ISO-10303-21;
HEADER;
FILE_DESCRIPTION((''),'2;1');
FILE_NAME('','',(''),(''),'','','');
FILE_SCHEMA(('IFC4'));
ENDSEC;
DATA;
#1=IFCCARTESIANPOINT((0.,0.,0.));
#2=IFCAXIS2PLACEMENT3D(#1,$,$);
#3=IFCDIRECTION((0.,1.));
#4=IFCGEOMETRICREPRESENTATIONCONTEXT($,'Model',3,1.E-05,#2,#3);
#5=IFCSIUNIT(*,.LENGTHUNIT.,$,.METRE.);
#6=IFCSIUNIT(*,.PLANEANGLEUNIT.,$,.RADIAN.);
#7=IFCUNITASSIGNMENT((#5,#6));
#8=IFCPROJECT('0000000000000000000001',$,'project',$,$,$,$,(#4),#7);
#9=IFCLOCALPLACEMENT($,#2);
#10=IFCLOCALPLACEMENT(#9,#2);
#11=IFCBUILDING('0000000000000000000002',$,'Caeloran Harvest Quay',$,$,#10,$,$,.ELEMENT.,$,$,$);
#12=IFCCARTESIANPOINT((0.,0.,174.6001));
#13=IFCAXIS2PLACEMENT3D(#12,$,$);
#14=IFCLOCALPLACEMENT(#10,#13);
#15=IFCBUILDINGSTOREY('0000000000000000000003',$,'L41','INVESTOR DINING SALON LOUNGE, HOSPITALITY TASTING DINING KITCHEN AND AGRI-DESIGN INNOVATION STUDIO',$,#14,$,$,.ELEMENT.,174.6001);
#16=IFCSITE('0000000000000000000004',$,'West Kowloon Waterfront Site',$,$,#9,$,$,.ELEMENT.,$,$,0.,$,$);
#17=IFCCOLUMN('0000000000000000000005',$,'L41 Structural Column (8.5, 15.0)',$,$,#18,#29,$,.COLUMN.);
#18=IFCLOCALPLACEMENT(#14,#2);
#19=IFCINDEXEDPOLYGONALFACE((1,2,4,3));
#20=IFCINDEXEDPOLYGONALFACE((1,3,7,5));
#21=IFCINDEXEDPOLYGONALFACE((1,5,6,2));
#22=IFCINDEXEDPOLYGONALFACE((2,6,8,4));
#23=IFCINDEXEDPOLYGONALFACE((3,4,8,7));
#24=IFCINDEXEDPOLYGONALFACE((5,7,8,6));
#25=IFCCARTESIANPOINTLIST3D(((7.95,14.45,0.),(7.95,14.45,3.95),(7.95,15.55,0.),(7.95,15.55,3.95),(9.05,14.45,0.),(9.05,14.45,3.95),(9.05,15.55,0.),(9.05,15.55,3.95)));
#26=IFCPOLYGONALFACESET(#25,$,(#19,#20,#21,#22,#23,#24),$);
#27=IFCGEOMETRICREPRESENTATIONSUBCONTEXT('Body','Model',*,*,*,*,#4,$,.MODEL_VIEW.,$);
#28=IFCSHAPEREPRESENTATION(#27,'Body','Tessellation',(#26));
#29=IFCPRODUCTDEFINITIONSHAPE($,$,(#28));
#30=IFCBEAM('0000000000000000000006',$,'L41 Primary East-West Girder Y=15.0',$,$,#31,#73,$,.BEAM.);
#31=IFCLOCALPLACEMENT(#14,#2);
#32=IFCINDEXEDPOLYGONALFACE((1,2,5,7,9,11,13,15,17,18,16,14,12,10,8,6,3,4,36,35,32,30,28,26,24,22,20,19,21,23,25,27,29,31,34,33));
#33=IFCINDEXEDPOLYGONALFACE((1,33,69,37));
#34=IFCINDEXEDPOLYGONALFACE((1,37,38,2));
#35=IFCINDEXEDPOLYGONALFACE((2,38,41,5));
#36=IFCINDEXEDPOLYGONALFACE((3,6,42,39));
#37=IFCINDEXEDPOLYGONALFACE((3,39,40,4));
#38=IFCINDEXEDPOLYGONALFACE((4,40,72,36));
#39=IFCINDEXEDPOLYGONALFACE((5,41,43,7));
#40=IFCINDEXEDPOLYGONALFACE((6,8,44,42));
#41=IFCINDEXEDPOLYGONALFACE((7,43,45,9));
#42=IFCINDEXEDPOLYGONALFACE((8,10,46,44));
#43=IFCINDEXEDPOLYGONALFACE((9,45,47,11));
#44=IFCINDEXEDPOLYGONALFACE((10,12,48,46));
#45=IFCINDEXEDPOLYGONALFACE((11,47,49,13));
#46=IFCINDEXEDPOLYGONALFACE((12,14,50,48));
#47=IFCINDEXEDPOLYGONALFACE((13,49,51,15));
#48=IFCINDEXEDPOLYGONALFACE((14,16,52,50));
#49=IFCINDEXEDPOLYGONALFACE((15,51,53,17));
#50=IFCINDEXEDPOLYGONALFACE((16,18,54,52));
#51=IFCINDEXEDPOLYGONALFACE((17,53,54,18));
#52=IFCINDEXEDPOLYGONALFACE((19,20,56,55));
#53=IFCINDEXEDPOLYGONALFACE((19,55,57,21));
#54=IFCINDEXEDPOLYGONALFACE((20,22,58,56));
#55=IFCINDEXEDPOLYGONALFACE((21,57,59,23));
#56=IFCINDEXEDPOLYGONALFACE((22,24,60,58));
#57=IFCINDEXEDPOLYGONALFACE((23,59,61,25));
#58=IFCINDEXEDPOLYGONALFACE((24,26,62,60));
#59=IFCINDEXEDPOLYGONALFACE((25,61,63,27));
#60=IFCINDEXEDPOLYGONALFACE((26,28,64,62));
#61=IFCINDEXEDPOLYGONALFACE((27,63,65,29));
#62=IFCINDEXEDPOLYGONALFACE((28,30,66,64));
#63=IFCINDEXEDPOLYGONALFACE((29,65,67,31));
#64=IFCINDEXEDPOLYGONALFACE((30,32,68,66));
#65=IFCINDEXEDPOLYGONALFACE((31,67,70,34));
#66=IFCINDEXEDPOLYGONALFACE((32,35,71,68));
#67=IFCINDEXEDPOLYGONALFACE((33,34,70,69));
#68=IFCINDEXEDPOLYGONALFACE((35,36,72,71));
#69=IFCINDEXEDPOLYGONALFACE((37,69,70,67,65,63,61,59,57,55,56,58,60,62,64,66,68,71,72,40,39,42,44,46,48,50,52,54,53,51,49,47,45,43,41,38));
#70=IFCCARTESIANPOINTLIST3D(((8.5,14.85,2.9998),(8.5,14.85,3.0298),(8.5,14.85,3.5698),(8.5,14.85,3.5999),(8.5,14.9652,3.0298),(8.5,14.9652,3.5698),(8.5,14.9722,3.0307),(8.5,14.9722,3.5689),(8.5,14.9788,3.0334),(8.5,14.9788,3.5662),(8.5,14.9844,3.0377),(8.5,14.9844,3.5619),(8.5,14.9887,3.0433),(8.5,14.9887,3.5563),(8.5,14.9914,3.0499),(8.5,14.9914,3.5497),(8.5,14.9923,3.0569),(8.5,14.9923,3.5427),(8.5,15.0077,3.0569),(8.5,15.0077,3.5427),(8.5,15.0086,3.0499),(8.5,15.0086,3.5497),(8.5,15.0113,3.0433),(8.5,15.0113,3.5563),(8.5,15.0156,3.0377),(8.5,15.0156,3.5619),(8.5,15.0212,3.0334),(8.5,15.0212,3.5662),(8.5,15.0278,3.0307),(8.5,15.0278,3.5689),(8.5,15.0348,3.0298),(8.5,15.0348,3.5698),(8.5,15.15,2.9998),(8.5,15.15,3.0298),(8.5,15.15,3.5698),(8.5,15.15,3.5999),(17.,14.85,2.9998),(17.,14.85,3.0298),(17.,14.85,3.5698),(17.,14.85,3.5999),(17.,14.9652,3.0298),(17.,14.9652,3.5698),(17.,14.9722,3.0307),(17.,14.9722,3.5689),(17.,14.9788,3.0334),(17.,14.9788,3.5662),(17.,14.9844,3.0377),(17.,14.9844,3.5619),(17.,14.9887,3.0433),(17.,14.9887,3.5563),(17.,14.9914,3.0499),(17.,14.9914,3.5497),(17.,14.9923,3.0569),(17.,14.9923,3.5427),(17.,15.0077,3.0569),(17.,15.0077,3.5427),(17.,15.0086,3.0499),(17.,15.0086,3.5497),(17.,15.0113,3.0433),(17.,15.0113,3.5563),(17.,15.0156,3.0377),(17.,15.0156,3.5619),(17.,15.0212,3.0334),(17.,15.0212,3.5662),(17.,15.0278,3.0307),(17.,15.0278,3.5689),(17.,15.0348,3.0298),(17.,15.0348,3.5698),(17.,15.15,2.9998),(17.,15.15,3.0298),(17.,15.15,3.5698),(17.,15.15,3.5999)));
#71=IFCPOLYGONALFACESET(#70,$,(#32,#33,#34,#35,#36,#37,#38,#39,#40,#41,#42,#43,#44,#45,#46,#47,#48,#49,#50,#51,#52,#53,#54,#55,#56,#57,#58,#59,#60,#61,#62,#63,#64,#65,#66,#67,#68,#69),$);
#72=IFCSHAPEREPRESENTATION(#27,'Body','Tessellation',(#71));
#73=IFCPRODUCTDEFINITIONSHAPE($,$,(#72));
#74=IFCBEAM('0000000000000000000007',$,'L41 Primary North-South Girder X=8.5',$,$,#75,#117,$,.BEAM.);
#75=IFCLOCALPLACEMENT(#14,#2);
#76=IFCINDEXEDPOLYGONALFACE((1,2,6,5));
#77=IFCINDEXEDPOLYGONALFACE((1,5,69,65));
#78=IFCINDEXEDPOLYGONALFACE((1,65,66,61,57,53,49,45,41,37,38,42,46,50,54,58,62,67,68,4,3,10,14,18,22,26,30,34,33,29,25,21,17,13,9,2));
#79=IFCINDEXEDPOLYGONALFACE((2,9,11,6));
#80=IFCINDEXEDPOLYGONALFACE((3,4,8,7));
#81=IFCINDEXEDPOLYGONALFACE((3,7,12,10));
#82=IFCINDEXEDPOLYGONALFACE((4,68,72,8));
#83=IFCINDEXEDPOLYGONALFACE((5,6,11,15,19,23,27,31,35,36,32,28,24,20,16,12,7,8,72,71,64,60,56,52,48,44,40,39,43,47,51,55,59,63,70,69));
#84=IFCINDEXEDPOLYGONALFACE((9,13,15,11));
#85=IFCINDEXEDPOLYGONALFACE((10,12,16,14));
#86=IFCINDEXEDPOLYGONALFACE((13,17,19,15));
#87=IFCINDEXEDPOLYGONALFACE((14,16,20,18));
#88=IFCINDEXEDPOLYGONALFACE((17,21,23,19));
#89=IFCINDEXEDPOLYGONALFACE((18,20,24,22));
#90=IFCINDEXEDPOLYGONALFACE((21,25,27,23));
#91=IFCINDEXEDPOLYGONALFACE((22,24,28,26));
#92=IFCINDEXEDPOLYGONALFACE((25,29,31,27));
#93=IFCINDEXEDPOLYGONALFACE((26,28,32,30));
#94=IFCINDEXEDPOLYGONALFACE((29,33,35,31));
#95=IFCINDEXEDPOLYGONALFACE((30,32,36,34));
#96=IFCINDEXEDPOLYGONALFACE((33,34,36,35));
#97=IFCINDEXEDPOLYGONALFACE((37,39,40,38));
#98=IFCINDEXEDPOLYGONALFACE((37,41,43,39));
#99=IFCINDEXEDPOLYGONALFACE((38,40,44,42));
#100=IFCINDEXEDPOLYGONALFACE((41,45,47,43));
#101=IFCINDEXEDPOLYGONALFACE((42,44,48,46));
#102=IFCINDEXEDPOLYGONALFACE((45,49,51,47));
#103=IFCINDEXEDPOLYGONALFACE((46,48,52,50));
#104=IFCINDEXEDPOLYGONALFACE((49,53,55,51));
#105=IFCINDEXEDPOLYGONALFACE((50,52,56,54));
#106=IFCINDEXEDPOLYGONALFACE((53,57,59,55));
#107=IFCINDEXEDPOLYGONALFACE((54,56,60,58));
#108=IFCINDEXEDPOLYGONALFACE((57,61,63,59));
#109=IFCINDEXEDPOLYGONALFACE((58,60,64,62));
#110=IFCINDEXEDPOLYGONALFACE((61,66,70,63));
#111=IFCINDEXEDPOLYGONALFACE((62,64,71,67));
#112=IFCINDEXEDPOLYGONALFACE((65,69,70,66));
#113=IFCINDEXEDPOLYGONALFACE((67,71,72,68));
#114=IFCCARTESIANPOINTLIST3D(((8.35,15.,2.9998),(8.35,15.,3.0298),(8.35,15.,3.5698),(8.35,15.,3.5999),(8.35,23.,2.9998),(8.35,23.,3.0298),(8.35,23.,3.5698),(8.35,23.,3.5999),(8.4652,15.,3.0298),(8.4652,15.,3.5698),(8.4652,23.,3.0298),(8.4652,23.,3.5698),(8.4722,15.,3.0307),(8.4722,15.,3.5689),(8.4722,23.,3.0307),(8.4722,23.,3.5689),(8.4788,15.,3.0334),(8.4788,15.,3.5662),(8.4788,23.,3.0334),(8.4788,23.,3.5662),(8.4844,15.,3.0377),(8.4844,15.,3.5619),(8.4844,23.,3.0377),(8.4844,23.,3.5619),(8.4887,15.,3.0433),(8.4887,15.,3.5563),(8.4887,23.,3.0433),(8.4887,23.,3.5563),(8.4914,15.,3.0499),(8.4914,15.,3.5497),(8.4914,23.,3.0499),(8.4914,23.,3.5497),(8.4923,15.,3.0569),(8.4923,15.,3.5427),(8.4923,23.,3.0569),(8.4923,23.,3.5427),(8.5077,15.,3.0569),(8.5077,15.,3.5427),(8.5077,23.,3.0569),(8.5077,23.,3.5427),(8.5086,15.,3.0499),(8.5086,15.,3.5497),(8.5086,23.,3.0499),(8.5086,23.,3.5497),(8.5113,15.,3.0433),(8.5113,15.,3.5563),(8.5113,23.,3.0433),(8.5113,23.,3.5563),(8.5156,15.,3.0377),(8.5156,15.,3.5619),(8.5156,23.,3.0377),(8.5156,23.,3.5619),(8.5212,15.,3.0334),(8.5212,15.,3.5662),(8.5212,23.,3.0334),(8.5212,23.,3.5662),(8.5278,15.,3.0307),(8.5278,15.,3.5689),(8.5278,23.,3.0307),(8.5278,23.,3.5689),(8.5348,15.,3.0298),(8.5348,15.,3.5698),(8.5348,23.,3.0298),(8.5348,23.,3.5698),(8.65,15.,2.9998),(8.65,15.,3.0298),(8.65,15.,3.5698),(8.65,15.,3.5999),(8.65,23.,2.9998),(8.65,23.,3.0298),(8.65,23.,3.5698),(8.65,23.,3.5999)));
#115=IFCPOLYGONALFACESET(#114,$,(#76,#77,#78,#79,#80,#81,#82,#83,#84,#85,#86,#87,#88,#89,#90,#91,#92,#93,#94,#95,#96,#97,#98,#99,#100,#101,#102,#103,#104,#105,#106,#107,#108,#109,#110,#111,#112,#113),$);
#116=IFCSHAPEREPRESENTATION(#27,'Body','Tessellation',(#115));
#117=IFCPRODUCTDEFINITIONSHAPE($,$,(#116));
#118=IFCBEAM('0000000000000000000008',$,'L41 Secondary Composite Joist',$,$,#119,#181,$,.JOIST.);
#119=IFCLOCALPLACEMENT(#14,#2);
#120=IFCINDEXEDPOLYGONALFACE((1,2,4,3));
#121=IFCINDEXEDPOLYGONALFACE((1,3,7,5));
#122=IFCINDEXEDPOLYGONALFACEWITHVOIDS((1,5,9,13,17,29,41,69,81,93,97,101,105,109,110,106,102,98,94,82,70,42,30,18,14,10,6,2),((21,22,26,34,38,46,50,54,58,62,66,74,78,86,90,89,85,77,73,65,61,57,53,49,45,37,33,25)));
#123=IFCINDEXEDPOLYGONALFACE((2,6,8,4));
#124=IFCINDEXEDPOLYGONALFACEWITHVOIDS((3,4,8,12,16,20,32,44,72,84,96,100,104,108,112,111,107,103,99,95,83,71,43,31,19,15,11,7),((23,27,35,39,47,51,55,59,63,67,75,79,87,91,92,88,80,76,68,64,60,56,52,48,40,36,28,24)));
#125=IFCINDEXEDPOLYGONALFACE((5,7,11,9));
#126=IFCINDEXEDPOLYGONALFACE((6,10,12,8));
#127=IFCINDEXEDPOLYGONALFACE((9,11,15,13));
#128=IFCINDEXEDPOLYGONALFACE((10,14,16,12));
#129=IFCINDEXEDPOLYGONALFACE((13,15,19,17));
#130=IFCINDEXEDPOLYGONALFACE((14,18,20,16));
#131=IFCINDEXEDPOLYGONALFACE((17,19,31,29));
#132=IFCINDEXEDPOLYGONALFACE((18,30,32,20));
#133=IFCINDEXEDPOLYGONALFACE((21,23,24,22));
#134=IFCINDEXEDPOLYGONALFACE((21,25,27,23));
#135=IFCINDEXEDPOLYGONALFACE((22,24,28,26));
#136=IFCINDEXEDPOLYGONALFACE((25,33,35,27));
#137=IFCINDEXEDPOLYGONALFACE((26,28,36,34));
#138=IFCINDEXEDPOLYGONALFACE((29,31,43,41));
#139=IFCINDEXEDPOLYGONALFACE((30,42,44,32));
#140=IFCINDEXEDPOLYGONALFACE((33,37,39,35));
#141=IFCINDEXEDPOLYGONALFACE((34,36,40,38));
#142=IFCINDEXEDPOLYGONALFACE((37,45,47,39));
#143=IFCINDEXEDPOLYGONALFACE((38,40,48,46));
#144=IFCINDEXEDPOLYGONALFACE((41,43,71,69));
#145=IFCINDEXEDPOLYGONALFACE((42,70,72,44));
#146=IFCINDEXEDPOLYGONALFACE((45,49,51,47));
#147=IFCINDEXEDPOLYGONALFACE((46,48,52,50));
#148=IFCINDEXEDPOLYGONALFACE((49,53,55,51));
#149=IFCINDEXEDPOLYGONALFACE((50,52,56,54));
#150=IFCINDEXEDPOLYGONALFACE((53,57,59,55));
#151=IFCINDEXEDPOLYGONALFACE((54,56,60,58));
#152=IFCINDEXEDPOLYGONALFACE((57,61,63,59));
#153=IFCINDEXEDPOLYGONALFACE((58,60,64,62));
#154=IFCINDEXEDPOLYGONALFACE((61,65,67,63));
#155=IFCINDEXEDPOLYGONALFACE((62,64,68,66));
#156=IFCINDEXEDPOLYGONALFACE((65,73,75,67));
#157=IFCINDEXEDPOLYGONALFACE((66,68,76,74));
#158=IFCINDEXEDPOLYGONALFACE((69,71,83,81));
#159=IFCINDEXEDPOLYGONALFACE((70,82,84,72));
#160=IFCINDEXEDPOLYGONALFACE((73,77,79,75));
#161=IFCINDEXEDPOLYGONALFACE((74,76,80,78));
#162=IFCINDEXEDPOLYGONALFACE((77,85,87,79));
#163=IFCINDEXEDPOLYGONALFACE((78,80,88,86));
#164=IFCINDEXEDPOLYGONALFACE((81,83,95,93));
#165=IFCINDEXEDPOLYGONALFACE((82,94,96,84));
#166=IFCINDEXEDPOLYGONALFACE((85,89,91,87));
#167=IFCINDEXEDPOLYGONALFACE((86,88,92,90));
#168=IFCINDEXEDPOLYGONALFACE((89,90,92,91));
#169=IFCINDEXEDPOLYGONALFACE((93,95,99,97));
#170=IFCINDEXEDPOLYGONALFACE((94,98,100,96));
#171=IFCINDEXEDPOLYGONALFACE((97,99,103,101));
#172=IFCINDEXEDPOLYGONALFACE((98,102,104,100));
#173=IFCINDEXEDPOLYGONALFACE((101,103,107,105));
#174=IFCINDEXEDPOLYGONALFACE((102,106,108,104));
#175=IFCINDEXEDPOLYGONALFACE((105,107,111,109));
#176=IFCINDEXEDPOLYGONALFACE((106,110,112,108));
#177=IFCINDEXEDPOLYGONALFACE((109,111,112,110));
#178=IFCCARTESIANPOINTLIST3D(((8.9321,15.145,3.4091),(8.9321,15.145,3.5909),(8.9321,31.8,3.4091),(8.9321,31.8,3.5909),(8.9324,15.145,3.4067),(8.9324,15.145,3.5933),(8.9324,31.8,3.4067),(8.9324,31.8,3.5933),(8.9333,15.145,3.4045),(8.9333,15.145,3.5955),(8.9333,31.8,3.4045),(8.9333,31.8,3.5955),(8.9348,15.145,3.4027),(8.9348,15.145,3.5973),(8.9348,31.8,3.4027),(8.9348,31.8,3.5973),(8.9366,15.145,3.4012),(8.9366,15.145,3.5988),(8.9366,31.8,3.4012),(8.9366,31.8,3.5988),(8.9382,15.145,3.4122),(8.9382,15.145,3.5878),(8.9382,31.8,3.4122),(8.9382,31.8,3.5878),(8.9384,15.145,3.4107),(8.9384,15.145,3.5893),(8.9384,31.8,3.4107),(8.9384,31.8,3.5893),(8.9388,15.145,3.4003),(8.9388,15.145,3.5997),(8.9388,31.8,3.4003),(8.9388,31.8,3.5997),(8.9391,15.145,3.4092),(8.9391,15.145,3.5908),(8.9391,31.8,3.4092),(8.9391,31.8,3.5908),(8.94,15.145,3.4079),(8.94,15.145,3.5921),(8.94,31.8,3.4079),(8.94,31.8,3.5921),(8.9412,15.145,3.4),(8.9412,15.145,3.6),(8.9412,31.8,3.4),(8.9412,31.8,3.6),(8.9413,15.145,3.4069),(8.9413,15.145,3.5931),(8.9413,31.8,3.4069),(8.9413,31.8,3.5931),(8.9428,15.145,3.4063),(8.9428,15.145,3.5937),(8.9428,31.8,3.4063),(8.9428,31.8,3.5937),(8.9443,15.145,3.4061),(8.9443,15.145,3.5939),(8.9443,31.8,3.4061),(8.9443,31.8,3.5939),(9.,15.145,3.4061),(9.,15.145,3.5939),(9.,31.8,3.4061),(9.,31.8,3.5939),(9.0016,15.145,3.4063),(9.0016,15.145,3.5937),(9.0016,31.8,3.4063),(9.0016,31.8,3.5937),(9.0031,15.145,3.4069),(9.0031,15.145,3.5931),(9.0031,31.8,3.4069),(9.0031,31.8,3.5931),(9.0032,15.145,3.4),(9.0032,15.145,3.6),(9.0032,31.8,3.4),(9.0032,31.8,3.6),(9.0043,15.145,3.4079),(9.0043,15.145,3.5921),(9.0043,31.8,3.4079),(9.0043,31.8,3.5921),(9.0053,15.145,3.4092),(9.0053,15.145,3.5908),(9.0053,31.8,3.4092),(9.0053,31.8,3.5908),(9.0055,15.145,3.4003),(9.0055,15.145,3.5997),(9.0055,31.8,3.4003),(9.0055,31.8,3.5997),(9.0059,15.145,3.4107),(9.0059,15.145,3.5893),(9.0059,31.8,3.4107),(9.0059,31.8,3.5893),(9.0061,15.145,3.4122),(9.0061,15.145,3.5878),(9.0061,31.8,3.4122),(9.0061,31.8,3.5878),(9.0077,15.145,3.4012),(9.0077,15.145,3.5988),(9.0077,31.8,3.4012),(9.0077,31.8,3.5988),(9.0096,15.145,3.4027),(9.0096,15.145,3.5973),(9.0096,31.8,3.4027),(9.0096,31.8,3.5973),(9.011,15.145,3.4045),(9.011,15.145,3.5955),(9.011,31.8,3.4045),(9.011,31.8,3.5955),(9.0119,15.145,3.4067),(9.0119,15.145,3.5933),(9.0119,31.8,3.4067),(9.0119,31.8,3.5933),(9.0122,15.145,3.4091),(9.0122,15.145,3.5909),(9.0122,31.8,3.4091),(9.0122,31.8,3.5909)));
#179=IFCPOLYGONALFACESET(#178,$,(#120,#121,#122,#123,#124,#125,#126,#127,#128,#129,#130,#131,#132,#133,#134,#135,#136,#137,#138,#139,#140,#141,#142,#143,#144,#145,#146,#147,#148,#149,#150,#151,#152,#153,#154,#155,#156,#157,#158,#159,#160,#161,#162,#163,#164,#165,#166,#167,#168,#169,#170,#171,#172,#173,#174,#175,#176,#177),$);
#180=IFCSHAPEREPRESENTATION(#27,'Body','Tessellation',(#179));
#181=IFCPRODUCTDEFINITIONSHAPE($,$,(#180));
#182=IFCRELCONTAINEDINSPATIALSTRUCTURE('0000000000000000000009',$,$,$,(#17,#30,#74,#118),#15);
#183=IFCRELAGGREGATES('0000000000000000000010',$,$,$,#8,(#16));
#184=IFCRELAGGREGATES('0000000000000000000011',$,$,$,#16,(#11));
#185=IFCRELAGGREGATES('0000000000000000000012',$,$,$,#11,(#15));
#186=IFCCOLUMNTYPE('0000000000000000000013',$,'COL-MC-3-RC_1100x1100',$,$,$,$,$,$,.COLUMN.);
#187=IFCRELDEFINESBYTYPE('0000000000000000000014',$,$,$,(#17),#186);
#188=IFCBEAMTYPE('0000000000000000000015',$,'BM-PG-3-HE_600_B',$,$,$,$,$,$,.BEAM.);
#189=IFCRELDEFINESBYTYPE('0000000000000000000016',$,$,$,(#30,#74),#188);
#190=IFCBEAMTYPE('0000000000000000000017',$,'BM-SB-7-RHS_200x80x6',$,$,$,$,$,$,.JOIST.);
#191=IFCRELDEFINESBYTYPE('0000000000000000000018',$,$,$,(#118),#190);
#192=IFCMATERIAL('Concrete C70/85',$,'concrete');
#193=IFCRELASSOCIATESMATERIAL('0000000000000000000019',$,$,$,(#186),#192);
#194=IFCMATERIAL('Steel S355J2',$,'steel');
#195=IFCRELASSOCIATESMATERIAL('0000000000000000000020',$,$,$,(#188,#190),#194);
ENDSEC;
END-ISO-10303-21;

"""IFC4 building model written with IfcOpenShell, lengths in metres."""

from ifc_helpers import new_model, si_unit, direction, frame, origin, origin_2d, place, context, subcontext, project, spatial, rectangle, hollow_rectangle, i_section, extrude, material, material_profile, profile_set, type_object, element, save


model = new_model("IFC4")

# Units and contexts
model_context = context("Model", 3, precision=1e-05, world=origin(), true_north=direction((0.0, 1.0)))
body_context = subcontext(model_context, "Body", "Model", "MODEL_VIEW")
ifc_project = project(units=[si_unit("LENGTHUNIT", "METRE"), si_unit("PLANEANGLEUNIT", "RADIAN")], contexts=[model_context])

# Site, building, storey
site_placement = place(None, origin())
site = spatial("IfcSite", under=ifc_project, at=site_placement, Name="West Kowloon Waterfront Site", CompositionType="ELEMENT", RefElevation=0.0)
building_placement = place(site_placement, origin())
building = spatial("IfcBuilding", under=site, at=building_placement, Name="Caeloran Harvest Quay", CompositionType="ELEMENT")
storey_placement = place(building_placement, frame((0.0, 0.0, 174.6001)))
storey = spatial("IfcBuildingStorey", under=building, at=storey_placement, Name="L41", Description="INVESTOR DINING SALON LOUNGE, HOSPITALITY TASTING DINING KITCHEN AND AGRI-DESIGN INNOVATION STUDIO", CompositionType="ELEMENT", Elevation=174.6001)

# Column
ifc_material_1 = material(Name="Concrete C70/85", Category="concrete")
ifc_material_profile_1 = material_profile(ifc_material_1, rectangle(XDim=1.1001, YDim=1.1001, at=origin_2d()), Name="RC 1100x1100")
ifc_profile_set_1 = profile_set([ifc_material_profile_1], Name="Concrete C70/85")
column_type = type_object("IfcColumnType", Name="COL-MC-3-RC_1100x1100", PredefinedType="COLUMN", material=ifc_profile_set_1)
column_placement = place(storey_placement, frame((8.5, 15.0, 0.0), z_axis=(0.0, 0.0, 1.0), x_axis=(1.0, 0.0, 0.0)))
element("IfcColumn", 1, at=column_placement, inside=storey, type_object=column_type, Name="L41 Structural Column (8.5, 15.0)", PredefinedType="COLUMN", context=body_context, shape_type="SweptSolid", body=[
    extrude(rectangle(XDim=1.1001, YDim=1.1001, at=origin_2d()), origin(), (0.0, 0.0, 1.0), 3.95),
])

# Beams
ifc_material_2 = material(Name="Steel S355J2", Category="steel")
ifc_material_profile_2 = material_profile(ifc_material_2, i_section(OverallWidth=0.3, OverallDepth=0.6001, WebThickness=0.0154, FlangeThickness=0.03, FilletRadius=0.0271, at=origin_2d()), Name="HE 600 B")
ifc_profile_set_2 = profile_set([ifc_material_profile_2], Name="Steel S355J2")
beam_type_1 = type_object("IfcBeamType", Name="BM-PG-3-HE_600_B", PredefinedType="BEAM", material=ifc_profile_set_2)
beam_1_placement = place(storey_placement, frame((8.5, 15.0, 3.2998), z_axis=(1.0, 0.0, 0.0), x_axis=(0.0, 1.0, 0.0)))
element("IfcBeam", 2, at=beam_1_placement, inside=storey, type_object=beam_type_1, Name="L41 Primary East-West Girder Y=15.0", PredefinedType="BEAM", context=body_context, shape_type="SweptSolid", body=[
    extrude(i_section(OverallWidth=0.3, OverallDepth=0.6001, WebThickness=0.0154, FlangeThickness=0.03, FilletRadius=0.0271, at=origin_2d()), origin(), (0.0, 0.0, 1.0), 8.5),
])
beam_2_placement = place(storey_placement, frame((8.5, 15.0, 3.2998), z_axis=(0.0, 1.0, 0.0), x_axis=(-1.0, 0.0, 0.0)))
element("IfcBeam", 3, at=beam_2_placement, inside=storey, type_object=beam_type_1, Name="L41 Primary North-South Girder X=8.5", PredefinedType="BEAM", context=body_context, shape_type="SweptSolid", body=[
    extrude(i_section(OverallWidth=0.3, OverallDepth=0.6001, WebThickness=0.0154, FlangeThickness=0.03, FilletRadius=0.0271, at=origin_2d()), origin(), (0.0, 0.0, 1.0), 8.0),
])
ifc_material_profile_3 = material_profile(ifc_material_2, hollow_rectangle(XDim=0.0801, YDim=0.2, WallThickness=0.0061, InnerFilletRadius=0.0061, OuterFilletRadius=0.009, at=origin_2d()), Name="RHS 200x80x6")
ifc_profile_set_3 = profile_set([ifc_material_profile_3], Name="Steel S355J2")
beam_type_2 = type_object("IfcBeamType", Name="BM-SB-7-RHS_200x80x6", PredefinedType="JOIST", material=ifc_profile_set_3)
beam_3_placement = place(storey_placement, frame((8.9722, 15.145, 3.5), z_axis=(0.0, 1.0, 0.0), x_axis=(-1.0, 0.0, 0.0)))
element("IfcBeam", 4, at=beam_3_placement, inside=storey, type_object=beam_type_2, Name="L41 Secondary Composite Joist", PredefinedType="JOIST", context=body_context, shape_type="SweptSolid", body=[
    extrude(hollow_rectangle(XDim=0.0801, YDim=0.2, WallThickness=0.0061, InnerFilletRadius=0.0061, OuterFilletRadius=0.009, at=origin_2d()), origin(), (0.0, 0.0, 1.0), 16.655),
])

save(model, "model.ifc")
